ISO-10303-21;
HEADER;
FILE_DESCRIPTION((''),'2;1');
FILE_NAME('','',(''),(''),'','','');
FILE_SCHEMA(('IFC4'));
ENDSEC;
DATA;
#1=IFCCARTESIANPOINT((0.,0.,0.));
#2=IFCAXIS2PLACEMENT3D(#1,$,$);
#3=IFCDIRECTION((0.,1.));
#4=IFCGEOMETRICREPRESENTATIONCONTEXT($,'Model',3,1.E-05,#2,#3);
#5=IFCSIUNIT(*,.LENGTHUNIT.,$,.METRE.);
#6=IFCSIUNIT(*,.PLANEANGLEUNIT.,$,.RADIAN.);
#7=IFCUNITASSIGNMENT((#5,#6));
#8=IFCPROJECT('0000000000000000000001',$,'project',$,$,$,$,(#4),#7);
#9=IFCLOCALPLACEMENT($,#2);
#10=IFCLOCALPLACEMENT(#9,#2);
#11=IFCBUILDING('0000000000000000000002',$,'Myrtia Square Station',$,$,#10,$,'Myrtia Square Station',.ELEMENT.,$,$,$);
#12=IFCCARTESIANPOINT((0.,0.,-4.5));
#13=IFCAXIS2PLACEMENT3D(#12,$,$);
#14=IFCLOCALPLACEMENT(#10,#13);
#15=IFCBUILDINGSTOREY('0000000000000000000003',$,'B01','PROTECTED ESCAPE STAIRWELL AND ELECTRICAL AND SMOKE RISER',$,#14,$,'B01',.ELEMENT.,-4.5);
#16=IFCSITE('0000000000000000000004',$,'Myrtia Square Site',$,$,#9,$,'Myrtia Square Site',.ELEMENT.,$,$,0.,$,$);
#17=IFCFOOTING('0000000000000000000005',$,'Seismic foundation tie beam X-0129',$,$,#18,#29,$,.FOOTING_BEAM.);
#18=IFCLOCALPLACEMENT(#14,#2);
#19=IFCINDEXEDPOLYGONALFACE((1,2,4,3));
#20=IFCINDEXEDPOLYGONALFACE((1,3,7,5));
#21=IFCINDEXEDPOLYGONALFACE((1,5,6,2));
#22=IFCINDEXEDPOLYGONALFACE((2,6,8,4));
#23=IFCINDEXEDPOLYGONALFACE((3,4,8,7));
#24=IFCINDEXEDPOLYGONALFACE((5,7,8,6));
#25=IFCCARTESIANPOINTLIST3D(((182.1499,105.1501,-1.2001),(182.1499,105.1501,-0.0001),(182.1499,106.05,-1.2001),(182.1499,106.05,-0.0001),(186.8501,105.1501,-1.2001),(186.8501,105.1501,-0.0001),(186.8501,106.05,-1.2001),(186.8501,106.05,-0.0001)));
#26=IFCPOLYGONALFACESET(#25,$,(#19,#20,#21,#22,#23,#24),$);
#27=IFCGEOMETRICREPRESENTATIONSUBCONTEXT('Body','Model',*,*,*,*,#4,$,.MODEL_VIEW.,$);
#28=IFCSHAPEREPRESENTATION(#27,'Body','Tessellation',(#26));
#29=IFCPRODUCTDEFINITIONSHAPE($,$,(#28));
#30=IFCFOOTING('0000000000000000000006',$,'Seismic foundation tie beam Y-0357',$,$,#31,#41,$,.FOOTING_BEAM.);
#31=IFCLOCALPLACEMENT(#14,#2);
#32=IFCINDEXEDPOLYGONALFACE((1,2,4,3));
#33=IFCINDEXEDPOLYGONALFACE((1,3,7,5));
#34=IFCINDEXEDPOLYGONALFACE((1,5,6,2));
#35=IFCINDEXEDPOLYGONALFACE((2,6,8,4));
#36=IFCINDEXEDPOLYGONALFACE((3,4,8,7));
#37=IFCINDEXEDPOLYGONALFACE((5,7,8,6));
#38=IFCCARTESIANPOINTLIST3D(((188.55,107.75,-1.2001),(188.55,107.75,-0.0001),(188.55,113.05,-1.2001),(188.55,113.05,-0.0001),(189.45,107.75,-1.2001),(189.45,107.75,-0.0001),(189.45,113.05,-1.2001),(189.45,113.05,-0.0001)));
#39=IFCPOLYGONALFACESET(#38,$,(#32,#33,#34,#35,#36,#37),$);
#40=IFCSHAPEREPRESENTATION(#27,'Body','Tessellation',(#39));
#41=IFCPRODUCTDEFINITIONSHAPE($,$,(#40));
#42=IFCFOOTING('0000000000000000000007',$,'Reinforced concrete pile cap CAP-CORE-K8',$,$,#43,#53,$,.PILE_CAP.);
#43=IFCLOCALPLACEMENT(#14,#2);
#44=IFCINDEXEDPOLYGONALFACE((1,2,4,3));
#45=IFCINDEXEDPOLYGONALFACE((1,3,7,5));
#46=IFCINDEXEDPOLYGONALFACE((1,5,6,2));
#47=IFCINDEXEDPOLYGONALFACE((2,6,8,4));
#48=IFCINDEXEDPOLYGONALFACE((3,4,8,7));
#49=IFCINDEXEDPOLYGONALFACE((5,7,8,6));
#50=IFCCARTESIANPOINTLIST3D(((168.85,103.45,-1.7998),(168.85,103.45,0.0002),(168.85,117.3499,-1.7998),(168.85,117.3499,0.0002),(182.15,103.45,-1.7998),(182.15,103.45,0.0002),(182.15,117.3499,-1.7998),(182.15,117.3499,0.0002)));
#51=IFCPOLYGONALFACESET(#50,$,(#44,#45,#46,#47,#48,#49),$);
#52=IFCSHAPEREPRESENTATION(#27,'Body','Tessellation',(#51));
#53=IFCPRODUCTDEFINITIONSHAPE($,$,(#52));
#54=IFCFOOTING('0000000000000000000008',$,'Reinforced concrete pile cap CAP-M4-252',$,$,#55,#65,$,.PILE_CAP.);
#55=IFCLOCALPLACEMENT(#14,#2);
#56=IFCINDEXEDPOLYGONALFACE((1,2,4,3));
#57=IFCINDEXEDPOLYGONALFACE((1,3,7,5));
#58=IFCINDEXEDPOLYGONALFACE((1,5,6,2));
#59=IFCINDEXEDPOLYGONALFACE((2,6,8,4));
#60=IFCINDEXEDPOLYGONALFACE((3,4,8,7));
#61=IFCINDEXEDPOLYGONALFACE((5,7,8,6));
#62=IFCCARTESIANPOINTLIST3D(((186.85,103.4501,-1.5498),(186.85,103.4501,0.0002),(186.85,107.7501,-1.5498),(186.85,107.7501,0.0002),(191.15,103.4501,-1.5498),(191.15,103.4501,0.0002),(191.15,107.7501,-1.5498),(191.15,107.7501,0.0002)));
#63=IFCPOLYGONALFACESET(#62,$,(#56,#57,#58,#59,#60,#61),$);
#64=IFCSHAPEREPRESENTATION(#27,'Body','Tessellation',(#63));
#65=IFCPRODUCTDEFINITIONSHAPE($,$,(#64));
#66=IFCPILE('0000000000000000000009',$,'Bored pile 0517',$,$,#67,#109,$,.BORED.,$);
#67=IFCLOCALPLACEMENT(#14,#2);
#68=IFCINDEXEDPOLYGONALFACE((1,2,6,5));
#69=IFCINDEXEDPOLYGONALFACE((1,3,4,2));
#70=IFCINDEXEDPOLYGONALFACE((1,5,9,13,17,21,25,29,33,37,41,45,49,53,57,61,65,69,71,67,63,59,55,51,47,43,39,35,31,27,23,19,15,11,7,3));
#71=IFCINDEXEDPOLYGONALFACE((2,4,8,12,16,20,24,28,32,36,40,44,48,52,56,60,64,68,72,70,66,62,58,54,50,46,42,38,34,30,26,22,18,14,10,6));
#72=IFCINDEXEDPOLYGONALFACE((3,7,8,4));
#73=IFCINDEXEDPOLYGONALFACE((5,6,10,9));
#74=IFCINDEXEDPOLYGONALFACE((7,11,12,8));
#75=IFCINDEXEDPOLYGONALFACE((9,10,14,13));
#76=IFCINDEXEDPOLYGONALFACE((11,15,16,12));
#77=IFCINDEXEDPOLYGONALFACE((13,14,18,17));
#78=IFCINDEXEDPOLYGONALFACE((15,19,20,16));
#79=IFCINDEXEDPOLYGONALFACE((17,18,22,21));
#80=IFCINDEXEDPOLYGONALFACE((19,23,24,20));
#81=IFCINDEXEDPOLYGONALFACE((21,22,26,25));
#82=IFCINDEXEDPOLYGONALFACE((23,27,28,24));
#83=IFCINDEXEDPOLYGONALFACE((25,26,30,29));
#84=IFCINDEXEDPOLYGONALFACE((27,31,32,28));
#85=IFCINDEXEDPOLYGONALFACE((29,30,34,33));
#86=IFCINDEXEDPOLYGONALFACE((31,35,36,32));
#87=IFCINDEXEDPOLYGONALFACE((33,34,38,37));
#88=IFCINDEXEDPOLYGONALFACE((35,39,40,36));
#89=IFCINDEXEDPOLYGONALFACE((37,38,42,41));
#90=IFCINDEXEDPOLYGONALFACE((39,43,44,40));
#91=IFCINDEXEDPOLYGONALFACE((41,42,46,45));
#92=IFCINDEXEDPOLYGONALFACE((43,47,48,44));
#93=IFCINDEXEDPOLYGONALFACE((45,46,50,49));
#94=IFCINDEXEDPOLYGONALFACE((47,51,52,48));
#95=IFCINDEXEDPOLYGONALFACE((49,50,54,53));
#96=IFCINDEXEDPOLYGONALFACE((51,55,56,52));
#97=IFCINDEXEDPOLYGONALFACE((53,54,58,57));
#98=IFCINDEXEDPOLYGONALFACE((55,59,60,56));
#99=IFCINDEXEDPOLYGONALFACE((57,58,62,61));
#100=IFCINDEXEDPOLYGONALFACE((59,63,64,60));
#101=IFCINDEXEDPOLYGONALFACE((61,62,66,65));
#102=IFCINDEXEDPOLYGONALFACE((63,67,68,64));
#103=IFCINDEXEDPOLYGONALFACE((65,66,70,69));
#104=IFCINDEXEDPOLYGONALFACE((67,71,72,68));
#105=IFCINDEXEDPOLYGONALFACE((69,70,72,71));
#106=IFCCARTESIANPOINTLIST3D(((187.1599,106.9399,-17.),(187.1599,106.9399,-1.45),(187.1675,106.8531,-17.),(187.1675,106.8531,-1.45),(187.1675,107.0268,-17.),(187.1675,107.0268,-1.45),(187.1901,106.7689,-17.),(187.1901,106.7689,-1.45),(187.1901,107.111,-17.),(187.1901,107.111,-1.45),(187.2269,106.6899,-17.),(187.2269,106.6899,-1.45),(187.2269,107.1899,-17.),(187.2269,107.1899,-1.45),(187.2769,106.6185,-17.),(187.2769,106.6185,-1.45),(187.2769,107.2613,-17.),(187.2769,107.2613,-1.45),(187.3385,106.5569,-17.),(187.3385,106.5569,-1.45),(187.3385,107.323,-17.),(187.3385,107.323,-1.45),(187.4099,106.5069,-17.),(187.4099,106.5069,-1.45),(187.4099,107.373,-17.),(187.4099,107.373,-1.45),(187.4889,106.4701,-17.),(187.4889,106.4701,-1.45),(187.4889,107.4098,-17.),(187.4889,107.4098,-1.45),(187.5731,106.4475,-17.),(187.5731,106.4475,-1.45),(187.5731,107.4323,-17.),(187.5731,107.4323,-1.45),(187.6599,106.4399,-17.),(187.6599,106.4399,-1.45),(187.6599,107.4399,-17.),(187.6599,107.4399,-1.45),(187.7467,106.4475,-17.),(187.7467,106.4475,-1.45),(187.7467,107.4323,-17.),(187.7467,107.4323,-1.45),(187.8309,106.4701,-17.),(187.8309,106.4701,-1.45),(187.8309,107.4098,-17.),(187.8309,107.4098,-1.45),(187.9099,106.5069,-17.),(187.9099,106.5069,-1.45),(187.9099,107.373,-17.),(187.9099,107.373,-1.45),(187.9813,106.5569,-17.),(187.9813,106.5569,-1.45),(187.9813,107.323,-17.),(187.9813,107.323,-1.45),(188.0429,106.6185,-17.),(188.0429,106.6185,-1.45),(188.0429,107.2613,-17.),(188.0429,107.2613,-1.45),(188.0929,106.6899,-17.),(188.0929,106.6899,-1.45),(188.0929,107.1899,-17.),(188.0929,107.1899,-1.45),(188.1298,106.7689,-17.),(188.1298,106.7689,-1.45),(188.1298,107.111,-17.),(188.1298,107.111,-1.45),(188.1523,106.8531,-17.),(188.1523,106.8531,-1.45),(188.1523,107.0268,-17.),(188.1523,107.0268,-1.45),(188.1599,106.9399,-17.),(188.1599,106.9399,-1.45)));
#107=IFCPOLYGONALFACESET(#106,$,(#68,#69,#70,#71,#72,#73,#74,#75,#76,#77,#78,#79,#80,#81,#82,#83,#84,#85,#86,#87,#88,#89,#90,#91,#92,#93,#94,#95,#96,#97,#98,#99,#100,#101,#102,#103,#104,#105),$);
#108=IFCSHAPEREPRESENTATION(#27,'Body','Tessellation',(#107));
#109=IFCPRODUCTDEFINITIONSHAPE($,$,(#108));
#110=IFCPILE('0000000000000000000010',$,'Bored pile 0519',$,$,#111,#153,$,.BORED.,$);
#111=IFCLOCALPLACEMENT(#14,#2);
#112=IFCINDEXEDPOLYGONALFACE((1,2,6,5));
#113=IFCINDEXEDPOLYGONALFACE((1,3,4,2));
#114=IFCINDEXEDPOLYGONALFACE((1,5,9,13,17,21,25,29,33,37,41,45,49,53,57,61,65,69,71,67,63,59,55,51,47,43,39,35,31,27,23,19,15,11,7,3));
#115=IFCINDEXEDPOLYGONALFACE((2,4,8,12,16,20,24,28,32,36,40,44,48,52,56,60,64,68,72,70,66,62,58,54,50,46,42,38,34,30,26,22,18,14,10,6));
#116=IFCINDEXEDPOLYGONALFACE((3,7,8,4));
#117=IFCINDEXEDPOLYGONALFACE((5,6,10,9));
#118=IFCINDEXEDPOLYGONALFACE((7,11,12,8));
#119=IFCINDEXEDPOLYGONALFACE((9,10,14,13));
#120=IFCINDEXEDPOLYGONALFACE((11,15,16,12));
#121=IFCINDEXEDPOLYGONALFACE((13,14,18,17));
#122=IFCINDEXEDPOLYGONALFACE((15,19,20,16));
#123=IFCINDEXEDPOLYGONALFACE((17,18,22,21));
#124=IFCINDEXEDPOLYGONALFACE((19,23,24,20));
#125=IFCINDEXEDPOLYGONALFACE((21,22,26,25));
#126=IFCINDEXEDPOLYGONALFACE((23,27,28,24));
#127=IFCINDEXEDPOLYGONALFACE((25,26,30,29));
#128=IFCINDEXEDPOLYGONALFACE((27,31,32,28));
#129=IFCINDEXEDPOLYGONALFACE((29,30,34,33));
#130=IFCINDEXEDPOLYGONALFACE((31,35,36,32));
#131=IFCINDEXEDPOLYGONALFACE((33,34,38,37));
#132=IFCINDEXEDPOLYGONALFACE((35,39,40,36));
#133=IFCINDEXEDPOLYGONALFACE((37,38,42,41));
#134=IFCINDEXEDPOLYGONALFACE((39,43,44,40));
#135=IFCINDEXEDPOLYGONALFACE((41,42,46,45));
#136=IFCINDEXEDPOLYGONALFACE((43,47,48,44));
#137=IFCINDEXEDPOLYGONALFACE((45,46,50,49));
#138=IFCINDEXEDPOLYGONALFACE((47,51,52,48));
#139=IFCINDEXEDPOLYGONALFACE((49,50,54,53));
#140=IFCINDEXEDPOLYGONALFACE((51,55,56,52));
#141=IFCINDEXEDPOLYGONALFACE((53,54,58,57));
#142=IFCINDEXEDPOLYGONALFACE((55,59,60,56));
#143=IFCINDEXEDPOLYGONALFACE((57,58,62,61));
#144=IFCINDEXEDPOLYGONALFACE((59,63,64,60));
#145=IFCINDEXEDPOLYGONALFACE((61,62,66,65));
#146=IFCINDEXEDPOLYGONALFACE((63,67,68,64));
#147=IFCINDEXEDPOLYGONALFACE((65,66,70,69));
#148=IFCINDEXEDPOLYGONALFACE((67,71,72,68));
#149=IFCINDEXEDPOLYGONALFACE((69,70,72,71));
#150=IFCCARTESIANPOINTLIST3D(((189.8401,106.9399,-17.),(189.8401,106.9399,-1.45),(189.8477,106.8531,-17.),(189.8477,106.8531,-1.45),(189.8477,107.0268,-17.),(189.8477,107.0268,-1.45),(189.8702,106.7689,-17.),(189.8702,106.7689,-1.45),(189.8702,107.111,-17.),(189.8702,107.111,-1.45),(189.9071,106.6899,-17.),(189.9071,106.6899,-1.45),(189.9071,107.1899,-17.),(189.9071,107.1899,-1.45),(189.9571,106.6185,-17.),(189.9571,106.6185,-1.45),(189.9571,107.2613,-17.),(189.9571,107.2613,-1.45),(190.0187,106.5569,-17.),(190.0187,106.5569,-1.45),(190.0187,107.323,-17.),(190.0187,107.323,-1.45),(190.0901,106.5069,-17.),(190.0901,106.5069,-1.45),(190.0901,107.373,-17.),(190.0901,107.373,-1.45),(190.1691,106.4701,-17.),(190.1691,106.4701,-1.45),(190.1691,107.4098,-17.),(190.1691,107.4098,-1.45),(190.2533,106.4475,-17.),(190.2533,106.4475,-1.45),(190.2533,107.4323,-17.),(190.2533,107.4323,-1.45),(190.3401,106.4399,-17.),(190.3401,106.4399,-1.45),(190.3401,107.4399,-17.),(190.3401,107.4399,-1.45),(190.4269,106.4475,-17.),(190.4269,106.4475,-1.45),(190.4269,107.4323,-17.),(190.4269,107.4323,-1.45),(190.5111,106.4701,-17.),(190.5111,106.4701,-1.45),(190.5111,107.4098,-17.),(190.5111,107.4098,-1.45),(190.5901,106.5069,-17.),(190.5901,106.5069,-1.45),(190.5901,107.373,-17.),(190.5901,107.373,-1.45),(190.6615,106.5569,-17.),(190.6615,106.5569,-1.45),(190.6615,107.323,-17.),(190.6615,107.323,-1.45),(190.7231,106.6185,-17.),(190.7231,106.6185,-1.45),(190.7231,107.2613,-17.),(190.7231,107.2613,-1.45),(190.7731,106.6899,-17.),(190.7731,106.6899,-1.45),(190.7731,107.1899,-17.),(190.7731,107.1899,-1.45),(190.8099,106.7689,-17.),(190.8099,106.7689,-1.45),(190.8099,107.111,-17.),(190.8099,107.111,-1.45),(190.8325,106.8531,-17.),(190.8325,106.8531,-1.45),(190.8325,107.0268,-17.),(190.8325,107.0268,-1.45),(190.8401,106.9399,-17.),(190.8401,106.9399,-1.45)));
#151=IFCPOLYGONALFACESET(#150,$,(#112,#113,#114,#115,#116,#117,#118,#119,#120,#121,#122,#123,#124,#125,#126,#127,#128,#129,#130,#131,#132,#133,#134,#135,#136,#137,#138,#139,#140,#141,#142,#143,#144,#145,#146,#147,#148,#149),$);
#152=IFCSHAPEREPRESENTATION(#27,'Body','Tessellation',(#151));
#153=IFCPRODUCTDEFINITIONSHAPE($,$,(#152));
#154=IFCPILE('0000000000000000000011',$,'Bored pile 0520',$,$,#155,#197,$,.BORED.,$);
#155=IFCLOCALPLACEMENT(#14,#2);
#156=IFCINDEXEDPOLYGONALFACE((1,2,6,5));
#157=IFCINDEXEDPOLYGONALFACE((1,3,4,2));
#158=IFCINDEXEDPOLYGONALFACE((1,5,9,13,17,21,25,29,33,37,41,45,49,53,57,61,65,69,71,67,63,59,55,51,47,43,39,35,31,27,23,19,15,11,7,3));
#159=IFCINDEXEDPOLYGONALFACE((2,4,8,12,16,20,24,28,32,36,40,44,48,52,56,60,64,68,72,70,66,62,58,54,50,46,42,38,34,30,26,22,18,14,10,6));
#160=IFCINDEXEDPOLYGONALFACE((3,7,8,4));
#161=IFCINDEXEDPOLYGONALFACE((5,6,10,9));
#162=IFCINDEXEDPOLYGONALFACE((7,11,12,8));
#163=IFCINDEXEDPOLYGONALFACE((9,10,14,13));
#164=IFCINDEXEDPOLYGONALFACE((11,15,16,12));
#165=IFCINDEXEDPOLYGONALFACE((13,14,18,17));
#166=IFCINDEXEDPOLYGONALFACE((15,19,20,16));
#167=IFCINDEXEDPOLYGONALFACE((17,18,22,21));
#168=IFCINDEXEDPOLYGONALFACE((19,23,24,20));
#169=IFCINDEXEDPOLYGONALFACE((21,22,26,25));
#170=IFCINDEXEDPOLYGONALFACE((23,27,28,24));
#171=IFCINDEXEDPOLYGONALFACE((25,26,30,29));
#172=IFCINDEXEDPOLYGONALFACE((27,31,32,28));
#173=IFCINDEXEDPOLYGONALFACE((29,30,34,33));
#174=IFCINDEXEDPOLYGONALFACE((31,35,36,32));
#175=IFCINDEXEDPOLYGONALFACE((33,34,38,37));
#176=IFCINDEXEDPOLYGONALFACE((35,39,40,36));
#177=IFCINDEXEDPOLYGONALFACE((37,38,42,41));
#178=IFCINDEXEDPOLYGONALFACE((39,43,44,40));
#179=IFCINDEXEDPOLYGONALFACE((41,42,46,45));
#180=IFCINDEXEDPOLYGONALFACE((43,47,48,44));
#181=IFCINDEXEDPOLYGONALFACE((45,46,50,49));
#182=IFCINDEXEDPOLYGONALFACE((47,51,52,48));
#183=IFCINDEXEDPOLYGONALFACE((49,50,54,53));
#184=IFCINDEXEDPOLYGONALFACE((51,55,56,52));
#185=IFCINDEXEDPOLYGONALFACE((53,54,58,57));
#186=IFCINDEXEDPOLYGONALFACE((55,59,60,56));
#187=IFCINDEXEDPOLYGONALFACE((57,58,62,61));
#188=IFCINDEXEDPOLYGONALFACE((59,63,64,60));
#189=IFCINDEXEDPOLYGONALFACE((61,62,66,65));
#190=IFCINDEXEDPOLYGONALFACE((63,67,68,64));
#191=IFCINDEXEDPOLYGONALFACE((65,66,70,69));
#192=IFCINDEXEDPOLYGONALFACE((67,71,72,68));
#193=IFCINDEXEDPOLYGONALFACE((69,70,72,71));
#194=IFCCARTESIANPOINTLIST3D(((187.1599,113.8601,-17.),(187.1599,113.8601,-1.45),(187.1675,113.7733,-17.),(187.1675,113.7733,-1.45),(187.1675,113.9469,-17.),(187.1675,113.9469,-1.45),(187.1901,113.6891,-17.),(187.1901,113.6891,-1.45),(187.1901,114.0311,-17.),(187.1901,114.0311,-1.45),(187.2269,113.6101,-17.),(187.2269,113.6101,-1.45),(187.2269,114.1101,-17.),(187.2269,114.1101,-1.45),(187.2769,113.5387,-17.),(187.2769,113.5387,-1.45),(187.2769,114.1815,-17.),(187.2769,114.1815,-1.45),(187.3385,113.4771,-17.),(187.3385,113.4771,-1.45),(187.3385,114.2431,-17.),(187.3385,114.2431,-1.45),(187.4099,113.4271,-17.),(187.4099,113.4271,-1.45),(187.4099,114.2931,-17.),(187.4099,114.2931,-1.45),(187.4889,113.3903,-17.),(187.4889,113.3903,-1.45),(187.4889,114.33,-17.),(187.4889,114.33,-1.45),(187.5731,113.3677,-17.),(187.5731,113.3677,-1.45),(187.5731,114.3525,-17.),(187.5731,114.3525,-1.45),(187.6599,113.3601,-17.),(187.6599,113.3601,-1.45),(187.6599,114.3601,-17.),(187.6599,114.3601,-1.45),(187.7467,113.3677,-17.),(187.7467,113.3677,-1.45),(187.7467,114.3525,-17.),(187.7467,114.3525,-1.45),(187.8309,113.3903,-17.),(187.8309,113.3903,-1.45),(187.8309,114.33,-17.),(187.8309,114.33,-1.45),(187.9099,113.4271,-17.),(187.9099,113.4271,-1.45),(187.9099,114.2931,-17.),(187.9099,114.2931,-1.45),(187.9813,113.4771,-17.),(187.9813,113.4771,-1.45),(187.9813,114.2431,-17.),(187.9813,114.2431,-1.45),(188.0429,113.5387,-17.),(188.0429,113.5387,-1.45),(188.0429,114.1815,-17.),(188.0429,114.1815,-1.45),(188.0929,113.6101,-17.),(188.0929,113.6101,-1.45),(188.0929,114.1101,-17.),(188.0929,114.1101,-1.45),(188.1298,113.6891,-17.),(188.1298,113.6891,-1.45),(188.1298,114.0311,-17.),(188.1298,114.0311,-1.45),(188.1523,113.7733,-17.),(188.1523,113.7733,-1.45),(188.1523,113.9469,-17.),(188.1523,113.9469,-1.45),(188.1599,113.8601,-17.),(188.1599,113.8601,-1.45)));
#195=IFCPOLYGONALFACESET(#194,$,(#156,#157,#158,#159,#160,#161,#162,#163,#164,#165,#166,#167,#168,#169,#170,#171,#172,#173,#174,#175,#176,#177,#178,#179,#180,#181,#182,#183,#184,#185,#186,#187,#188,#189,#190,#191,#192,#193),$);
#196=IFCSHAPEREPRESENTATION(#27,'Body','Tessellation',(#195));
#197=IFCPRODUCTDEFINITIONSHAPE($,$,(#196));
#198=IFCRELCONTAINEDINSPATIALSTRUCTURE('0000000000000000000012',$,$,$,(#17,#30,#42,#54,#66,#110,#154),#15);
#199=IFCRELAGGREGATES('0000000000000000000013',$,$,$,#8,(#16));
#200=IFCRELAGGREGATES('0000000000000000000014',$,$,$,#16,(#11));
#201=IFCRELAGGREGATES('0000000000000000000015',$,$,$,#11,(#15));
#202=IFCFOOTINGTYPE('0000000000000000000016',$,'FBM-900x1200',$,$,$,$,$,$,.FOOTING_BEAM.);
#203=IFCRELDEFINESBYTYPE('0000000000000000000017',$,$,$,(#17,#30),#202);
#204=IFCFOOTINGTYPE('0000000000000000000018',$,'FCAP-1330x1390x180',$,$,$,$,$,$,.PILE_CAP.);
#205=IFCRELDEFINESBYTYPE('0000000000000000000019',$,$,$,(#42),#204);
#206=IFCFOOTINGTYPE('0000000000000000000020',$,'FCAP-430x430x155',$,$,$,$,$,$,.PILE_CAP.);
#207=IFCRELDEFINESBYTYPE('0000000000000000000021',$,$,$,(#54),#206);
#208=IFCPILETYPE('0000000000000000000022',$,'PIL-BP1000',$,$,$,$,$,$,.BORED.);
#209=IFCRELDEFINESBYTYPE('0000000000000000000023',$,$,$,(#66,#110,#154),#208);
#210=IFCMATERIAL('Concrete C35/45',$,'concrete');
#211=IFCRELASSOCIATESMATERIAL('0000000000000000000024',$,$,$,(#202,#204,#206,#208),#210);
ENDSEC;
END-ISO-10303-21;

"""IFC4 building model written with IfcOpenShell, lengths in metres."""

from ifc_helpers import new_model, si_unit, direction, frame, origin, origin_2d, place, context, subcontext, project, spatial, rectangle, circle, extrude, material, material_profile, profile_set, type_object, element, save


model = new_model("IFC4")

# Units and contexts
model_context = context("Model", 3, precision=1e-05, world=origin(), true_north=direction((0.0, 1.0)))
body_context = subcontext(model_context, "Body", "Model", "MODEL_VIEW")
ifc_project = project(units=[si_unit("LENGTHUNIT", "METRE"), si_unit("PLANEANGLEUNIT", "RADIAN")], contexts=[model_context])

# Site, building, storey
site_placement = place(None, origin())
site = spatial("IfcSite", under=ifc_project, at=site_placement, Name="Myrtia Square Site", LongName="Myrtia Square Site", CompositionType="ELEMENT", RefElevation=0.0)
building_placement = place(site_placement, origin())
building = spatial("IfcBuilding", under=site, at=building_placement, Name="Myrtia Square Station", LongName="Myrtia Square Station", CompositionType="ELEMENT")
storey_placement = place(building_placement, frame((0.0, 0.0, -4.5)))
storey = spatial("IfcBuildingStorey", under=building, at=storey_placement, Name="B01", Description="PROTECTED ESCAPE STAIRWELL AND ELECTRICAL AND SMOKE RISER", LongName="B01", CompositionType="ELEMENT", Elevation=-4.5)

# Footings
ifc_material_1 = material(Name="Concrete C35/45", Category="concrete")
ifc_material_profile_1 = material_profile(ifc_material_1, rectangle(XDim=0.8999, YDim=1.2, at=origin_2d()), Name="FB 900x1200")
ifc_profile_set_1 = profile_set([ifc_material_profile_1], Name="Concrete C35/45")
footing_type_1 = type_object("IfcFootingType", Name="FBM-900x1200", PredefinedType="FOOTING_BEAM", material=ifc_profile_set_1)
footing_1_placement = place(storey_placement, frame((182.1499, 105.6001, -0.6001), z_axis=(1.0, 0.0, 0.0), x_axis=(0.0, 1.0, 0.0)))
element("IfcFooting", 1, at=footing_1_placement, inside=storey, type_object=footing_type_1, Name="Seismic foundation tie beam X-0129", PredefinedType="FOOTING_BEAM", context=body_context, shape_type="SweptSolid", body=[
    extrude(rectangle(XDim=0.8999, YDim=1.2, at=origin_2d()), origin(), (0.0, 0.0, 1.0), 4.7002),
])
footing_2_placement = place(storey_placement, frame((189.0, 107.75, -0.6001), z_axis=(0.0, 1.0, 0.0), x_axis=(-1.0, 0.0, 0.0)))
element("IfcFooting", 2, at=footing_2_placement, inside=storey, type_object=footing_type_1, Name="Seismic foundation tie beam Y-0357", PredefinedType="FOOTING_BEAM", context=body_context, shape_type="SweptSolid", body=[
    extrude(rectangle(XDim=0.8999, YDim=1.2, at=origin_2d()), origin(), (0.0, 0.0, 1.0), 5.3),
])
footing_type_2 = type_object("IfcFootingType", Name="FCAP-1330x1390x180", PredefinedType="PILE_CAP", material=ifc_material_1)
footing_3_placement = place(storey_placement, frame((175.5, 110.3999, -1.7998), z_axis=(0.0, 0.0, 1.0), x_axis=(1.0, 0.0, 0.0)))
element("IfcFooting", 3, at=footing_3_placement, inside=storey, type_object=footing_type_2, Name="Reinforced concrete pile cap CAP-CORE-K8", PredefinedType="PILE_CAP", context=body_context, shape_type="SweptSolid", body=[
    extrude(rectangle(XDim=13.3, YDim=13.8999, at=origin_2d()), origin(), (0.0, 0.0, 1.0), 1.8),
])
footing_type_3 = type_object("IfcFootingType", Name="FCAP-430x430x155", PredefinedType="PILE_CAP", material=ifc_material_1)
footing_4_placement = place(storey_placement, frame((189.0, 105.6001, -1.5498), z_axis=(0.0, 0.0, 1.0), x_axis=(1.0, 0.0, 0.0)))
element("IfcFooting", 4, at=footing_4_placement, inside=storey, type_object=footing_type_3, Name="Reinforced concrete pile cap CAP-M4-252", PredefinedType="PILE_CAP", context=body_context, shape_type="SweptSolid", body=[
    extrude(rectangle(XDim=4.3, YDim=4.3, at=origin_2d()), origin(), (0.0, 0.0, 1.0), 1.55),
])

# Piles
ifc_material_profile_2 = material_profile(ifc_material_1, circle(Radius=0.5, at=origin_2d()), Name="BP D1000")
ifc_profile_set_2 = profile_set([ifc_material_profile_2], Name="Concrete C35/45")
pile_type_1 = type_object("IfcPileType", Name="PIL-BP1000", PredefinedType="BORED", material=ifc_profile_set_2)
for number, where, z_axis, x_axis, name in (
    (5, (187.6599, 106.9399, -1.45), (0.0, 0.0, -1.0), (1.0, 0.0, 0.0), "Bored pile 0517"),
    (6, (190.3401, 106.9399, -1.45), (0.0, 0.0, -1.0), (1.0, 0.0, 0.0), "Bored pile 0519"),
    (7, (187.6599, 113.8601, -1.45), (0.0, 0.0, -1.0), (1.0, 0.0, 0.0), "Bored pile 0520"),
):
    element("IfcPile", number, at=place(storey_placement, frame(where, z_axis=z_axis, x_axis=x_axis)), inside=storey, type_object=pile_type_1, Name=name, PredefinedType="BORED", context=body_context, shape_type="SweptSolid", body=[
        extrude(circle(Radius=0.5, at=origin_2d()), origin(), (0.0, 0.0, 1.0), 15.55),
    ])

save(model, "model.ifc")
